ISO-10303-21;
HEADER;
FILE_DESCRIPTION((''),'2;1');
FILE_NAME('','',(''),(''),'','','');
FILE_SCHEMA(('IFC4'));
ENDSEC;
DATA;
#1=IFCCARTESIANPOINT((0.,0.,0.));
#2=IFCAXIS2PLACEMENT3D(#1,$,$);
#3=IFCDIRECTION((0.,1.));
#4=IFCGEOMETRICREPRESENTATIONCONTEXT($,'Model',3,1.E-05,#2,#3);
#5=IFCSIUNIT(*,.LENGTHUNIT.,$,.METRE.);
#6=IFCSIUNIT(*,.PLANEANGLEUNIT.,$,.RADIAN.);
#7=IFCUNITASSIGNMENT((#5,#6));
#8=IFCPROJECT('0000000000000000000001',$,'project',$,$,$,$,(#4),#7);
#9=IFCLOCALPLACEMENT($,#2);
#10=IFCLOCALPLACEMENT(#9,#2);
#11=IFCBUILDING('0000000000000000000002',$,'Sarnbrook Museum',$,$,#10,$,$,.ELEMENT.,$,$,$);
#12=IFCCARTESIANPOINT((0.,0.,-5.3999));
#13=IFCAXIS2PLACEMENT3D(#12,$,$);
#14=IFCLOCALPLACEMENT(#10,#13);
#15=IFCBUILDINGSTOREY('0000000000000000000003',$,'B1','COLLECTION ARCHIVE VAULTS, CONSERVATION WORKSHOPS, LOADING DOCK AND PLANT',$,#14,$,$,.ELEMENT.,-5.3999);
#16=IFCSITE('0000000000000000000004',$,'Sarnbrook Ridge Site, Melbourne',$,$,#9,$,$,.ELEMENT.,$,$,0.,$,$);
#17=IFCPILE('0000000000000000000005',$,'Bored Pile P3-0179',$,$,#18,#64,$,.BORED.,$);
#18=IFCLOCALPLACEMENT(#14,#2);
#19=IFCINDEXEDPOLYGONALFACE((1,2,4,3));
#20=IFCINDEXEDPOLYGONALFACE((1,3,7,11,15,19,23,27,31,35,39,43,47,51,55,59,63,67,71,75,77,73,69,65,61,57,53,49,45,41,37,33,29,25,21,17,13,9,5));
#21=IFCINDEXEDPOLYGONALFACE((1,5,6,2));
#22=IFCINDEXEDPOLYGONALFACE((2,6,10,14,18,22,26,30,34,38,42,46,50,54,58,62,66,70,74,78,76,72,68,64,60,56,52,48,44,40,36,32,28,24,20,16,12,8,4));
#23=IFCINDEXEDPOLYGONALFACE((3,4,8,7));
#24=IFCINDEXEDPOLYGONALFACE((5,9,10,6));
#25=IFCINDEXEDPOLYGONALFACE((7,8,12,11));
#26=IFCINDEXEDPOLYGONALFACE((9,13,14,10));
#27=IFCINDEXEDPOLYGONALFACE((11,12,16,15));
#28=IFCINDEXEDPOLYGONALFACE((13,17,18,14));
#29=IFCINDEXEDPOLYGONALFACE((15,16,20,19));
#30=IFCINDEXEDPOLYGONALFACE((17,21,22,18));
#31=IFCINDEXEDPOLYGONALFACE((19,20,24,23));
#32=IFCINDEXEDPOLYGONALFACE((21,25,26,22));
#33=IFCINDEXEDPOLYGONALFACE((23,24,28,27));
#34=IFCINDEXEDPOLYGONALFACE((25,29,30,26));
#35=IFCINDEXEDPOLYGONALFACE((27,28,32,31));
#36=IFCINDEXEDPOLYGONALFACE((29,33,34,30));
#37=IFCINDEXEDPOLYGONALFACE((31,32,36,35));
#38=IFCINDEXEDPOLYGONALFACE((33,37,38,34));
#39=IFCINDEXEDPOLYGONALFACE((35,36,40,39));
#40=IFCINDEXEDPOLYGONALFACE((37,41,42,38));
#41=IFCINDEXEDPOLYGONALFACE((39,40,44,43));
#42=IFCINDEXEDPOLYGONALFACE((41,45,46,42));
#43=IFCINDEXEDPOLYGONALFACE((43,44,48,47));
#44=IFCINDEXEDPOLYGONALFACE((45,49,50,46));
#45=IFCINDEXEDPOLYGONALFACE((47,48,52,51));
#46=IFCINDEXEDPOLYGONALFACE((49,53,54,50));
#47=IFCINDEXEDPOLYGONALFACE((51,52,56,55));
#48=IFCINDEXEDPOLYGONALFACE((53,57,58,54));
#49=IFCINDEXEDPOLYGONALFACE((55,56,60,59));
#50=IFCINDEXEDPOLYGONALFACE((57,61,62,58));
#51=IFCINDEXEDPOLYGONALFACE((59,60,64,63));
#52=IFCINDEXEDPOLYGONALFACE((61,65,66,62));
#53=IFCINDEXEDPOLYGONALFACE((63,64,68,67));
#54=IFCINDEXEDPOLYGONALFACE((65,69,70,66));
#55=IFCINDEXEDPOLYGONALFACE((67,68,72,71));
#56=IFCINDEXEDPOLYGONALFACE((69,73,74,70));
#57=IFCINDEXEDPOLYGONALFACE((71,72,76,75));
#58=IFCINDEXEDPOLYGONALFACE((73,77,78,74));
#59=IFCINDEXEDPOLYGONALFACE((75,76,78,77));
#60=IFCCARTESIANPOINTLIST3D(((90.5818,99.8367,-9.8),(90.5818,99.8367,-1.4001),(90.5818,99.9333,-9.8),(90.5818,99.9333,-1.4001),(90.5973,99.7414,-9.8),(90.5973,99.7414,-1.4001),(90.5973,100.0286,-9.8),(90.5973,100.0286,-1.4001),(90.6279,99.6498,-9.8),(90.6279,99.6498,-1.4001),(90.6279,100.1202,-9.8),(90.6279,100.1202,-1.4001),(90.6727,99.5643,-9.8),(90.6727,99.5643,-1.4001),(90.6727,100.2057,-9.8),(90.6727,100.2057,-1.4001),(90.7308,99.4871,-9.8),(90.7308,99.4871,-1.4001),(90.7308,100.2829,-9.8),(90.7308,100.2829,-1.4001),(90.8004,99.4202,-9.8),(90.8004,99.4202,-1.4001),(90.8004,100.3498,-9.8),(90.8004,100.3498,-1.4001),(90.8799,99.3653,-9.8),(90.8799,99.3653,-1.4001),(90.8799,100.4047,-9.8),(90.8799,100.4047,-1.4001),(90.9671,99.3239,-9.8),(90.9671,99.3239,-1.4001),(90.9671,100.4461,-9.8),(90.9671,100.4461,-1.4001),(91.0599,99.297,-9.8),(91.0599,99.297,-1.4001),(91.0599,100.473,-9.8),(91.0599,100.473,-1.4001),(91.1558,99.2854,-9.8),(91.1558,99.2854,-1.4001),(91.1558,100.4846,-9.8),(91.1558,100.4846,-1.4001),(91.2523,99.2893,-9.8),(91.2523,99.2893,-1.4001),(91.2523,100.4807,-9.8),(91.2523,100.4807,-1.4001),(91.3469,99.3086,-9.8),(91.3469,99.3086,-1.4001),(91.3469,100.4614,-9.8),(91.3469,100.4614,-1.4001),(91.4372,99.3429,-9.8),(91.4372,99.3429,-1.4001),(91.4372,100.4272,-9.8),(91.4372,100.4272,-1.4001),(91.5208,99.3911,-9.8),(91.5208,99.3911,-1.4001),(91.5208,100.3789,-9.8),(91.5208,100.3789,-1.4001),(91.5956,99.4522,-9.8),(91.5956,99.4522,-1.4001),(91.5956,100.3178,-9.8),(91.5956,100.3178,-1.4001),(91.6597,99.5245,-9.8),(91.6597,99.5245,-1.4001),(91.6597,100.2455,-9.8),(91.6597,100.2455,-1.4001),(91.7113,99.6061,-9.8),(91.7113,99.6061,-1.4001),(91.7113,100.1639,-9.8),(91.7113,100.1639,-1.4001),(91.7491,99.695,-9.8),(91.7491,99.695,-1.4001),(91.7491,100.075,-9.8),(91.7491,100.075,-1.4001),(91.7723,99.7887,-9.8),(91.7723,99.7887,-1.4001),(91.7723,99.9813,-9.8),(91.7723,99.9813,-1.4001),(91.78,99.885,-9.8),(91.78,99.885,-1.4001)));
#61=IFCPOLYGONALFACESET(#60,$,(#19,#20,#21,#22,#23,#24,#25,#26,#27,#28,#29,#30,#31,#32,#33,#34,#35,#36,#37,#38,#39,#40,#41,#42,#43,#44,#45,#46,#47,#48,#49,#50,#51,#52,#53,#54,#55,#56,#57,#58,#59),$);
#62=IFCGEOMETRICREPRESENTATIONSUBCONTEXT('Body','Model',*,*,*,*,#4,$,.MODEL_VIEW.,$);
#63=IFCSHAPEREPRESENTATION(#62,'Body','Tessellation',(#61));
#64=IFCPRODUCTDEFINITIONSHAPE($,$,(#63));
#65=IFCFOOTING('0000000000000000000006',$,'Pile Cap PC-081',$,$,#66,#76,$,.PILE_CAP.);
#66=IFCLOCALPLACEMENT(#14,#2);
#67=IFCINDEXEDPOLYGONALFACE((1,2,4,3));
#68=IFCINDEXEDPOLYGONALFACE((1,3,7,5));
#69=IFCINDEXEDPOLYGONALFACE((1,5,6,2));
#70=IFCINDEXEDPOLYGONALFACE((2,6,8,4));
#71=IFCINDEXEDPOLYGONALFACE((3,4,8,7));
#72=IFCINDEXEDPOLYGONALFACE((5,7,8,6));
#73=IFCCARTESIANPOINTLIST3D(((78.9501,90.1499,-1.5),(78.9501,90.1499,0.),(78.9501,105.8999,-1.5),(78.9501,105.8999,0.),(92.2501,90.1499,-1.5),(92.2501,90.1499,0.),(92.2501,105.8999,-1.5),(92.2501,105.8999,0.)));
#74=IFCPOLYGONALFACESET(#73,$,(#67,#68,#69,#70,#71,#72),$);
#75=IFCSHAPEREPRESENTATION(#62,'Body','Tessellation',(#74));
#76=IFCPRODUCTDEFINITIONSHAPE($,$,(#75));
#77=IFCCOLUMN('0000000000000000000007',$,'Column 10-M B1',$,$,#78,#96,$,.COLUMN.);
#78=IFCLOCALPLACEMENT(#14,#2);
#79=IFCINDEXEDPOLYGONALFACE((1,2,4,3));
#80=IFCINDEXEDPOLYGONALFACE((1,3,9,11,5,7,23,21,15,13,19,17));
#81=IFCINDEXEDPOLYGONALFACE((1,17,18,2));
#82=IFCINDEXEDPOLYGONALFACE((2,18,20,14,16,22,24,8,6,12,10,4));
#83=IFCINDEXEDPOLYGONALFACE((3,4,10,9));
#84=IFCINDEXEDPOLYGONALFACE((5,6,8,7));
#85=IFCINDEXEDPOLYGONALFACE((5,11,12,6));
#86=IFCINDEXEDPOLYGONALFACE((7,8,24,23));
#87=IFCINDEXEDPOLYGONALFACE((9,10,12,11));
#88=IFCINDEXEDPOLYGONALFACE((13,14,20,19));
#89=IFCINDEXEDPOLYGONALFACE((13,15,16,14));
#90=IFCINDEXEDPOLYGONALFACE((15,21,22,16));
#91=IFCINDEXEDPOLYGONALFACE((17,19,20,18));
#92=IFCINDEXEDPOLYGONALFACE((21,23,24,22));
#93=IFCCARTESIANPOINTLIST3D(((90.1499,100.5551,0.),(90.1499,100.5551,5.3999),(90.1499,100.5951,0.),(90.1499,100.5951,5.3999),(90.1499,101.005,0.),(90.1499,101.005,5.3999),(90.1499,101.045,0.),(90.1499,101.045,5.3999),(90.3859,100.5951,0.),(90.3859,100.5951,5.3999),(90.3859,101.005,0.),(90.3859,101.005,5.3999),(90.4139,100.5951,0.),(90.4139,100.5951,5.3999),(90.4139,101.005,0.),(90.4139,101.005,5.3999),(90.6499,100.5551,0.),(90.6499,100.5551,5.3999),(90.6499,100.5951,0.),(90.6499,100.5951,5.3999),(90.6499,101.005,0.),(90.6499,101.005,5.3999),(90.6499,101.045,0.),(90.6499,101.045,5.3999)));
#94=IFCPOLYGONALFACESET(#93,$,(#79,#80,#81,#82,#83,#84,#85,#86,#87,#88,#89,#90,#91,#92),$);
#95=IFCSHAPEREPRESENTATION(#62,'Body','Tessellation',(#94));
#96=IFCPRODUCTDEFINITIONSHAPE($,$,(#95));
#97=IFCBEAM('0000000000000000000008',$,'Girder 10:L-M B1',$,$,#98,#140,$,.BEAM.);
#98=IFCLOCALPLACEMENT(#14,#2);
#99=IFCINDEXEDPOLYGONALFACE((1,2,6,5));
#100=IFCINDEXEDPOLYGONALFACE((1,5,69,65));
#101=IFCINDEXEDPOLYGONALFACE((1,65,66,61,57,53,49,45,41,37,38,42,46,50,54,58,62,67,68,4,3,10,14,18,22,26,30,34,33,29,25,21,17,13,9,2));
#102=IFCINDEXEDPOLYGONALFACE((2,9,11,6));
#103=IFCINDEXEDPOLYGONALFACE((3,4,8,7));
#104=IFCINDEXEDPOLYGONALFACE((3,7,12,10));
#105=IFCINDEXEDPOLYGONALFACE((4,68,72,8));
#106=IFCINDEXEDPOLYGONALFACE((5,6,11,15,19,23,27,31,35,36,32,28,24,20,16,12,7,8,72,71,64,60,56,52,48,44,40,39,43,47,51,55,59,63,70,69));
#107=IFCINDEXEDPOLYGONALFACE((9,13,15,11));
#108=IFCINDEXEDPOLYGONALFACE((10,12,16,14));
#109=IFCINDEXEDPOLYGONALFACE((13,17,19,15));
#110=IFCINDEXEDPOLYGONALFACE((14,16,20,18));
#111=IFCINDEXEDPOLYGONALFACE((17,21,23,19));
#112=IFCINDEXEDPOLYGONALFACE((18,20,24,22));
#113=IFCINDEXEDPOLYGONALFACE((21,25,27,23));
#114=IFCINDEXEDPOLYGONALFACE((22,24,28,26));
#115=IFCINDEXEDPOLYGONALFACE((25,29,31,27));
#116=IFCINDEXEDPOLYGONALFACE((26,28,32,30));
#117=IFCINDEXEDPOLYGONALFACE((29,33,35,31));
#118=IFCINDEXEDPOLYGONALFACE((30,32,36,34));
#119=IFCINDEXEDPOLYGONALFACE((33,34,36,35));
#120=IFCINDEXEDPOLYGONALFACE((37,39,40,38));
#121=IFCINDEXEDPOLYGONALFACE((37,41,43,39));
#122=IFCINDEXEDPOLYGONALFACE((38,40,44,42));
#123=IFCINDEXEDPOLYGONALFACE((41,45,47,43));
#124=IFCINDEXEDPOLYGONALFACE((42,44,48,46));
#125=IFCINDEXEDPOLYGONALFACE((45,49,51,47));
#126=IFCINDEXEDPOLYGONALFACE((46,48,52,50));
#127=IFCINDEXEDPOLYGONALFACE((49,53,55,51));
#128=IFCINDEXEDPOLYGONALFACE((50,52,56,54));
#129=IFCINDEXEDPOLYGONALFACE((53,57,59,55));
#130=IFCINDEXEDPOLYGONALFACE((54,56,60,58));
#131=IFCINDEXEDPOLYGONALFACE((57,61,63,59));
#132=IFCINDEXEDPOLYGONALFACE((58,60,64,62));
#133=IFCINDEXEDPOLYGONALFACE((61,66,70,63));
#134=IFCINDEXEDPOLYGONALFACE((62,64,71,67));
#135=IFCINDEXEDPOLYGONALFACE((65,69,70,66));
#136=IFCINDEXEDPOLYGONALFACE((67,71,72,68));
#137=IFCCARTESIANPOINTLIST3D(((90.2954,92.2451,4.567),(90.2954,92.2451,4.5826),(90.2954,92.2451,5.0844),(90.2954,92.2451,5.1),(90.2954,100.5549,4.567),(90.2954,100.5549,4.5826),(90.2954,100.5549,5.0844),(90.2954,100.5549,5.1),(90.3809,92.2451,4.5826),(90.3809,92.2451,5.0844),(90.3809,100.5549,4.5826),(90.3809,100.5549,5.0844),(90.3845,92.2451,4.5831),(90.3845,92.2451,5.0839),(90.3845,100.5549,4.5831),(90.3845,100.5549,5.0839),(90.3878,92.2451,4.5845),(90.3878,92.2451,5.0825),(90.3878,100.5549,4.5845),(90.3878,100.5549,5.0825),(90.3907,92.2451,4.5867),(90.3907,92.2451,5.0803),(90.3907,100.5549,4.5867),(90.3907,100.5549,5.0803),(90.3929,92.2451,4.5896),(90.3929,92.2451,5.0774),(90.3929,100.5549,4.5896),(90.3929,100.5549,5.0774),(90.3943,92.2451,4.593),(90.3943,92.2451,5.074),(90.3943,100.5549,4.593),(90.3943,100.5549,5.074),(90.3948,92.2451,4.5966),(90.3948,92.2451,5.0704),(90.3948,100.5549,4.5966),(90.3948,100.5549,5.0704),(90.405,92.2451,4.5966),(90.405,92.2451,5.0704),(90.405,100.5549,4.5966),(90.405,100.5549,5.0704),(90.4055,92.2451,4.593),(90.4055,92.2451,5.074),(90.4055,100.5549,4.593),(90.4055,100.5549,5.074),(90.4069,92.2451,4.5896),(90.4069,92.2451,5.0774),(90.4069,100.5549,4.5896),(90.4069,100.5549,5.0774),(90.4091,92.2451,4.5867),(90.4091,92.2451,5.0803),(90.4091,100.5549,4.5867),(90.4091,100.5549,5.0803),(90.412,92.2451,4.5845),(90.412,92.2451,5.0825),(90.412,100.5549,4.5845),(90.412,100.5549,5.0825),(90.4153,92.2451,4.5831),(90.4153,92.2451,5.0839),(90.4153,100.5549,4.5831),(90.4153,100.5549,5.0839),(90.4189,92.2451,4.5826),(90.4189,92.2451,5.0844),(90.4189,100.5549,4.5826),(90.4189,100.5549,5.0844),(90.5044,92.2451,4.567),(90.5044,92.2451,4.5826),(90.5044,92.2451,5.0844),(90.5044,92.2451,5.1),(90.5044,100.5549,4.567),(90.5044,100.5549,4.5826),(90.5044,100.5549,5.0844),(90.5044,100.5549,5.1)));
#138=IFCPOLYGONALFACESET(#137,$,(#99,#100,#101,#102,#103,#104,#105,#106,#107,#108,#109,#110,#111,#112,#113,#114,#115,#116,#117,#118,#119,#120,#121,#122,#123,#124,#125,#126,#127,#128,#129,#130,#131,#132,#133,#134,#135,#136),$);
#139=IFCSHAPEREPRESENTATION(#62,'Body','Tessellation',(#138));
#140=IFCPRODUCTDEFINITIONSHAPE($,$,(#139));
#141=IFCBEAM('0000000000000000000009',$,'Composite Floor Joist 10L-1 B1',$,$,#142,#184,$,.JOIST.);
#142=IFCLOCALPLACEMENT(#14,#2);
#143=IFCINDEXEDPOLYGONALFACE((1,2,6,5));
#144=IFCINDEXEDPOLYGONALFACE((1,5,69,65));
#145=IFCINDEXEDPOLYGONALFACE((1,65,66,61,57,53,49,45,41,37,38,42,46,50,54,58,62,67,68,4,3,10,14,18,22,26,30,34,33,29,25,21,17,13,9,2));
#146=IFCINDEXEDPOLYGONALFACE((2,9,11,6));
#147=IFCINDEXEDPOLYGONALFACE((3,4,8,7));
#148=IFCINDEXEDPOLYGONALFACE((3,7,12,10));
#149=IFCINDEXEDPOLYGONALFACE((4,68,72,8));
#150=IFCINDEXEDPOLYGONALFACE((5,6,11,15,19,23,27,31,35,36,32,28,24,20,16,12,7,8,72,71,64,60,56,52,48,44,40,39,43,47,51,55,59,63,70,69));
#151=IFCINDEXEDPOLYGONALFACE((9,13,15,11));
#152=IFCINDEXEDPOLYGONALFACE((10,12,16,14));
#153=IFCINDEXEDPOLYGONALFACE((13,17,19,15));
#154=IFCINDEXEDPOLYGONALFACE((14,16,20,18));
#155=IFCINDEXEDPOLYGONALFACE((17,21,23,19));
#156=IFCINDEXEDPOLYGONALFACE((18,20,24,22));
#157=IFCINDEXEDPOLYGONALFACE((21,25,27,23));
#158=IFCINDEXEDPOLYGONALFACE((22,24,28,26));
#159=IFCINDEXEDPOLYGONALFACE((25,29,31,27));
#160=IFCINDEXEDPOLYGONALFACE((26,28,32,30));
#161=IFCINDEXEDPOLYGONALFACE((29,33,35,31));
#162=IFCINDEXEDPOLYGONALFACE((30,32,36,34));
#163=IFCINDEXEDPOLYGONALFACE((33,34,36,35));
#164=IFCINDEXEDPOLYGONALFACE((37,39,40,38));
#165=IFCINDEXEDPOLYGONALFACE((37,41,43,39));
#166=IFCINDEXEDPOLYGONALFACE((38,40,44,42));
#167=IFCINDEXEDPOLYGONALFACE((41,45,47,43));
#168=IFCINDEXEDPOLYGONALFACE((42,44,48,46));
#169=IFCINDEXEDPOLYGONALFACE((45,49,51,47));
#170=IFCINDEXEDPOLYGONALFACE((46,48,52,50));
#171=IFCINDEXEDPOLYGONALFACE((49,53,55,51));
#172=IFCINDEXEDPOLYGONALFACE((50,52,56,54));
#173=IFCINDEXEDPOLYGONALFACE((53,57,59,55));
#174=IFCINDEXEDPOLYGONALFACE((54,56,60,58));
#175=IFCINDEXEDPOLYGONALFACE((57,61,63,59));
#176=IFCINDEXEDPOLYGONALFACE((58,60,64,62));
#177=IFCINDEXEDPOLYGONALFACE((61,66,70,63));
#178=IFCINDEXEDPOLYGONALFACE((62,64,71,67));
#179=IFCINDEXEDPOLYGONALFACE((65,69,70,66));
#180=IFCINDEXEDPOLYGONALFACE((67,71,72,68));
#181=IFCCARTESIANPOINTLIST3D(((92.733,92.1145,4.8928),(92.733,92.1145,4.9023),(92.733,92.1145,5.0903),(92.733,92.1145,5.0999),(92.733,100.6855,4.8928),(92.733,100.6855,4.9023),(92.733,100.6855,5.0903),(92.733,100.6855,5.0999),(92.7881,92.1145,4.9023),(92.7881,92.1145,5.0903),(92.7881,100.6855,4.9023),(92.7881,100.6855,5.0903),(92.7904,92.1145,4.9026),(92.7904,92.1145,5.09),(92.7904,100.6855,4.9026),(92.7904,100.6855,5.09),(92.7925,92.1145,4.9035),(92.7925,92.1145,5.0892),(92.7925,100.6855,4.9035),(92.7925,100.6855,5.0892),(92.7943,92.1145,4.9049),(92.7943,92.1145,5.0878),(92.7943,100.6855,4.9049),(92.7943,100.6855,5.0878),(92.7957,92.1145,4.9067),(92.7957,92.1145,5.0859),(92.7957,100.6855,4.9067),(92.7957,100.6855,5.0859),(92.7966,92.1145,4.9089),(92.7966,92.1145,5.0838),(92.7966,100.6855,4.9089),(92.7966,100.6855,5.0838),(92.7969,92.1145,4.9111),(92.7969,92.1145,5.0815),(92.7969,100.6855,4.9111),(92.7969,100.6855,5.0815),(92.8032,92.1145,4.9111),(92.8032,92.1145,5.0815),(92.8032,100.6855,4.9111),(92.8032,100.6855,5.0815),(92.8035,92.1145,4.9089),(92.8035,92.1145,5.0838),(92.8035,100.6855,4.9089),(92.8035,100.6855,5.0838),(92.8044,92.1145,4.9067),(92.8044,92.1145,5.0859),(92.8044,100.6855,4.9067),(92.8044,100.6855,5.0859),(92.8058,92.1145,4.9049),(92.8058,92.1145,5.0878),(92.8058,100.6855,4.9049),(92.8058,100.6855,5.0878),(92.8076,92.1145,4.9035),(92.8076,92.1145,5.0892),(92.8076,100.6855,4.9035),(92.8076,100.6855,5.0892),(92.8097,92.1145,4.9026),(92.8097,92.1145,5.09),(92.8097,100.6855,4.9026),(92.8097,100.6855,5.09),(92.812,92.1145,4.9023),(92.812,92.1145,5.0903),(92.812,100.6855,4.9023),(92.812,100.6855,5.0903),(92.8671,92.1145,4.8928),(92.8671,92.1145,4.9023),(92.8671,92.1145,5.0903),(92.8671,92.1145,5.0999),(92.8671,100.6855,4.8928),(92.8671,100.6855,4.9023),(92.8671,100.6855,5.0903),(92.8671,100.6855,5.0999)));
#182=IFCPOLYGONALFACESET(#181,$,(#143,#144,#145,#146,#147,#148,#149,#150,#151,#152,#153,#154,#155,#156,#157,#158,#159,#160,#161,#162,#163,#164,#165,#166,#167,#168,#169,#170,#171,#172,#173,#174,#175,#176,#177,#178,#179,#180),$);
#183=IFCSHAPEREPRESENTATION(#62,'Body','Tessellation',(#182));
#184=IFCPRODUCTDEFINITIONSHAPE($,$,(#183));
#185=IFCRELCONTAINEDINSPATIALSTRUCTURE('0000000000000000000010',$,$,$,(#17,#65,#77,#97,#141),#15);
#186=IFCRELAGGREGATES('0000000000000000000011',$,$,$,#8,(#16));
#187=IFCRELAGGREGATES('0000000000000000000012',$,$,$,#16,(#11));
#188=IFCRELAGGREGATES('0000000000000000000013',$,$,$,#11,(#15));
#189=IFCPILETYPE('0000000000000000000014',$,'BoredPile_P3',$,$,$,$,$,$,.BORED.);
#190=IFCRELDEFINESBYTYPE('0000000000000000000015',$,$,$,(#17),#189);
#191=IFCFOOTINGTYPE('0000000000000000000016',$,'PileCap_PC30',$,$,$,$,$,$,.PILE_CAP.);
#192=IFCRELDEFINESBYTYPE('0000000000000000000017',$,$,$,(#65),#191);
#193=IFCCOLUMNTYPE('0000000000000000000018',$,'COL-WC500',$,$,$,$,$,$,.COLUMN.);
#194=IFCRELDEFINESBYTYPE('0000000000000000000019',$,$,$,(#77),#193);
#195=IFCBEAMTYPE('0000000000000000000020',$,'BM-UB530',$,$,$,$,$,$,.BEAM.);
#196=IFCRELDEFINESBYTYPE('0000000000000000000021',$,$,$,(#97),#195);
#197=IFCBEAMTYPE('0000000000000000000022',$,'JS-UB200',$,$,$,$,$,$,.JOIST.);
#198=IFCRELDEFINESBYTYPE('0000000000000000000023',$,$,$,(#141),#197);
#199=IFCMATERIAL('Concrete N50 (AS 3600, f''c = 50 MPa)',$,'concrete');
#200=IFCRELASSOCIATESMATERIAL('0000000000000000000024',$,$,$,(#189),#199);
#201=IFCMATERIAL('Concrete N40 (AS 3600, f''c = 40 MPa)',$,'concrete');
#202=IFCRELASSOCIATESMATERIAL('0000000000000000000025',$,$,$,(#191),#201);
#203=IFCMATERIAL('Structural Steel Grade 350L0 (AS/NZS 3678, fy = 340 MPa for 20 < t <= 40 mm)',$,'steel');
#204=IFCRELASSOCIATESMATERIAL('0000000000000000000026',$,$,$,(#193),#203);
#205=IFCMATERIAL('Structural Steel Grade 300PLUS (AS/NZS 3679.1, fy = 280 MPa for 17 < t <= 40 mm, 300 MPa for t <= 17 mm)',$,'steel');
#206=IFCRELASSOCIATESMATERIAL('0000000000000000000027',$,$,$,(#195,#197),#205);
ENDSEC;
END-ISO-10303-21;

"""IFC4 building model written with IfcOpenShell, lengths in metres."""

from ifc_helpers import new_model, si_unit, direction, frame, origin, origin_2d, place, context, subcontext, project, spatial, rectangle, circle, i_section, extrude, material, material_profile, profile_set, type_object, element, save


model = new_model("IFC4")

# Units and contexts
model_context = context("Model", 3, precision=1e-05, world=origin(), true_north=direction((0.0, 1.0)))
body_context = subcontext(model_context, "Body", "Model", "MODEL_VIEW")
ifc_project = project(units=[si_unit("LENGTHUNIT", "METRE"), si_unit("PLANEANGLEUNIT", "RADIAN")], contexts=[model_context])

# Site, building, storey
site_placement = place(None, origin())
site = spatial("IfcSite", under=ifc_project, at=site_placement, Name="Sarnbrook Ridge Site, Melbourne", CompositionType="ELEMENT", RefElevation=0.0)
building_placement = place(site_placement, origin())
building = spatial("IfcBuilding", under=site, at=building_placement, Name="Sarnbrook Museum", CompositionType="ELEMENT")
storey_placement = place(building_placement, frame((0.0, 0.0, -5.3999)))
storey = spatial("IfcBuildingStorey", under=building, at=storey_placement, Name="B1", Description="COLLECTION ARCHIVE VAULTS, CONSERVATION WORKSHOPS, LOADING DOCK AND PLANT", CompositionType="ELEMENT", Elevation=-5.3999)

# Pile
ifc_material_1 = material(Name="Concrete N50 (AS 3600, f'c = 50 MPa)", Category="concrete")
ifc_material_profile_1 = material_profile(ifc_material_1, circle(Radius=0.6001, at=origin_2d()), Name="BORED PILE D1200")
ifc_profile_set_1 = profile_set([ifc_material_profile_1], Name="Concrete N50 (AS 3600, f'c = 50 MPa)")
pile_type = type_object("IfcPileType", Name="BoredPile_P3", PredefinedType="BORED", material=ifc_profile_set_1)
for number, where, z_axis, x_axis, name in (
    (1, (91.1799, 99.885, -1.4001), (0.0, 0.0, -1.0), (1.0, 0.0, 0.0), "Bored Pile P3-0179"),
):
    element("IfcPile", number, at=place(storey_placement, frame(where, z_axis=z_axis, x_axis=x_axis)), inside=storey, type_object=pile_type, Name=name, PredefinedType="BORED", context=body_context, shape_type="SweptSolid", body=[
        extrude(circle(Radius=0.6001, at=origin_2d()), origin(), (0.0, 0.0, 1.0), 8.3999),
    ])

# Footing
ifc_material_2 = material(Name="Concrete N40 (AS 3600, f'c = 40 MPa)", Category="concrete")
footing_type = type_object("IfcFootingType", Name="PileCap_PC30", PredefinedType="PILE_CAP", material=ifc_material_2)
footing_placement = place(storey_placement, frame((85.6001, 98.0249, -1.5), z_axis=(0.0, 0.0, 1.0), x_axis=(1.0, 0.0, 0.0)))
element("IfcFooting", 2, at=footing_placement, inside=storey, type_object=footing_type, Name="Pile Cap PC-081", PredefinedType="PILE_CAP", context=body_context, shape_type="SweptSolid", body=[
    extrude(rectangle(XDim=13.3, YDim=15.75, at=origin_2d()), origin(), (0.0, 0.0, 1.0), 1.5),
])

# Column
ifc_material_3 = material(Name="Structural Steel Grade 350L0 (AS/NZS 3678, fy = 340 MPa for 20 < t <= 40 mm)", Category="steel")
ifc_material_profile_2 = material_profile(ifc_material_3, i_section(OverallWidth=0.5, OverallDepth=0.49, WebThickness=0.0281, FlangeThickness=0.04, at=origin_2d()), Name="500WC340")
ifc_profile_set_2 = profile_set([ifc_material_profile_2], Name="Structural Steel Grade 350L0 (AS/NZS 3678, fy = 340 MPa for 20 < t <= 40 mm)")
column_type = type_object("IfcColumnType", Name="COL-WC500", PredefinedType="COLUMN", material=ifc_profile_set_2)
column_placement = place(storey_placement, frame((90.3999, 100.8, 0.0), z_axis=(0.0, 0.0, 1.0), x_axis=(1.0, 0.0, 0.0)))
element("IfcColumn", 3, at=column_placement, inside=storey, type_object=column_type, Name="Column 10-M B1", PredefinedType="COLUMN", context=body_context, shape_type="SweptSolid", body=[
    extrude(i_section(OverallWidth=0.5, OverallDepth=0.49, WebThickness=0.0281, FlangeThickness=0.04, at=origin_2d()), origin(), (0.0, 0.0, 1.0), 5.3999),
])

# Beams
ifc_material_4 = material(Name="Structural Steel Grade 300PLUS (AS/NZS 3679.1, fy = 280 MPa for 17 < t <= 40 mm, 300 MPa for t <= 17 mm)", Category="steel")
ifc_material_profile_3 = material_profile(ifc_material_4, i_section(OverallWidth=0.209, OverallDepth=0.533, WebThickness=0.0103, FlangeThickness=0.0156, FilletRadius=0.0139, at=origin_2d()), Name="530UB92.4")
ifc_profile_set_3 = profile_set([ifc_material_profile_3], Name="Structural Steel Grade 300PLUS (AS/NZS 3679.1, fy = 280 MPa for 17 < t <= 40 mm, 300 MPa for t <= 17 mm)")
beam_type_1 = type_object("IfcBeamType", Name="BM-UB530", PredefinedType="BEAM", material=ifc_profile_set_3)
beam_placement = place(storey_placement, frame((90.3999, 92.2451, 4.8335), z_axis=(0.0, 1.0, 0.0), x_axis=(-1.0, 0.0, 0.0)))
element("IfcBeam", 4, at=beam_placement, inside=storey, type_object=beam_type_1, Name="Girder 10:L-M B1", PredefinedType="BEAM", context=body_context, shape_type="SweptSolid", body=[
    extrude(i_section(OverallWidth=0.209, OverallDepth=0.533, WebThickness=0.0103, FlangeThickness=0.0156, FilletRadius=0.0139, at=origin_2d()), origin(), (0.0, 0.0, 1.0), 8.3098),
])
ifc_material_profile_4 = material_profile(ifc_material_4, i_section(OverallWidth=0.134, OverallDepth=0.207, WebThickness=0.0063, FlangeThickness=0.0095, FilletRadius=0.0088, at=origin_2d()), Name="200UB29.8")
ifc_profile_set_4 = profile_set([ifc_material_profile_4], Name="Structural Steel Grade 300PLUS (AS/NZS 3679.1, fy = 280 MPa for 17 < t <= 40 mm, 300 MPa for t <= 17 mm)")
beam_type_2 = type_object("IfcBeamType", Name="JS-UB200", PredefinedType="JOIST", material=ifc_profile_set_4)
for number, where, z_axis, x_axis, name in (
    (5, (92.8, 92.1145, 4.9963), (0.0, 1.0, 0.0), (-1.0, 0.0, 0.0), "Composite Floor Joist 10L-1 B1"),
):
    element("IfcBeam", number, at=place(storey_placement, frame(where, z_axis=z_axis, x_axis=x_axis)), inside=storey, type_object=beam_type_2, Name=name, PredefinedType="JOIST", context=body_context, shape_type="SweptSolid", body=[
        extrude(i_section(OverallWidth=0.134, OverallDepth=0.207, WebThickness=0.0063, FlangeThickness=0.0095, FilletRadius=0.0088, at=origin_2d()), origin(), (0.0, 0.0, 1.0), 8.571),
    ])

save(model, "model.ifc")
